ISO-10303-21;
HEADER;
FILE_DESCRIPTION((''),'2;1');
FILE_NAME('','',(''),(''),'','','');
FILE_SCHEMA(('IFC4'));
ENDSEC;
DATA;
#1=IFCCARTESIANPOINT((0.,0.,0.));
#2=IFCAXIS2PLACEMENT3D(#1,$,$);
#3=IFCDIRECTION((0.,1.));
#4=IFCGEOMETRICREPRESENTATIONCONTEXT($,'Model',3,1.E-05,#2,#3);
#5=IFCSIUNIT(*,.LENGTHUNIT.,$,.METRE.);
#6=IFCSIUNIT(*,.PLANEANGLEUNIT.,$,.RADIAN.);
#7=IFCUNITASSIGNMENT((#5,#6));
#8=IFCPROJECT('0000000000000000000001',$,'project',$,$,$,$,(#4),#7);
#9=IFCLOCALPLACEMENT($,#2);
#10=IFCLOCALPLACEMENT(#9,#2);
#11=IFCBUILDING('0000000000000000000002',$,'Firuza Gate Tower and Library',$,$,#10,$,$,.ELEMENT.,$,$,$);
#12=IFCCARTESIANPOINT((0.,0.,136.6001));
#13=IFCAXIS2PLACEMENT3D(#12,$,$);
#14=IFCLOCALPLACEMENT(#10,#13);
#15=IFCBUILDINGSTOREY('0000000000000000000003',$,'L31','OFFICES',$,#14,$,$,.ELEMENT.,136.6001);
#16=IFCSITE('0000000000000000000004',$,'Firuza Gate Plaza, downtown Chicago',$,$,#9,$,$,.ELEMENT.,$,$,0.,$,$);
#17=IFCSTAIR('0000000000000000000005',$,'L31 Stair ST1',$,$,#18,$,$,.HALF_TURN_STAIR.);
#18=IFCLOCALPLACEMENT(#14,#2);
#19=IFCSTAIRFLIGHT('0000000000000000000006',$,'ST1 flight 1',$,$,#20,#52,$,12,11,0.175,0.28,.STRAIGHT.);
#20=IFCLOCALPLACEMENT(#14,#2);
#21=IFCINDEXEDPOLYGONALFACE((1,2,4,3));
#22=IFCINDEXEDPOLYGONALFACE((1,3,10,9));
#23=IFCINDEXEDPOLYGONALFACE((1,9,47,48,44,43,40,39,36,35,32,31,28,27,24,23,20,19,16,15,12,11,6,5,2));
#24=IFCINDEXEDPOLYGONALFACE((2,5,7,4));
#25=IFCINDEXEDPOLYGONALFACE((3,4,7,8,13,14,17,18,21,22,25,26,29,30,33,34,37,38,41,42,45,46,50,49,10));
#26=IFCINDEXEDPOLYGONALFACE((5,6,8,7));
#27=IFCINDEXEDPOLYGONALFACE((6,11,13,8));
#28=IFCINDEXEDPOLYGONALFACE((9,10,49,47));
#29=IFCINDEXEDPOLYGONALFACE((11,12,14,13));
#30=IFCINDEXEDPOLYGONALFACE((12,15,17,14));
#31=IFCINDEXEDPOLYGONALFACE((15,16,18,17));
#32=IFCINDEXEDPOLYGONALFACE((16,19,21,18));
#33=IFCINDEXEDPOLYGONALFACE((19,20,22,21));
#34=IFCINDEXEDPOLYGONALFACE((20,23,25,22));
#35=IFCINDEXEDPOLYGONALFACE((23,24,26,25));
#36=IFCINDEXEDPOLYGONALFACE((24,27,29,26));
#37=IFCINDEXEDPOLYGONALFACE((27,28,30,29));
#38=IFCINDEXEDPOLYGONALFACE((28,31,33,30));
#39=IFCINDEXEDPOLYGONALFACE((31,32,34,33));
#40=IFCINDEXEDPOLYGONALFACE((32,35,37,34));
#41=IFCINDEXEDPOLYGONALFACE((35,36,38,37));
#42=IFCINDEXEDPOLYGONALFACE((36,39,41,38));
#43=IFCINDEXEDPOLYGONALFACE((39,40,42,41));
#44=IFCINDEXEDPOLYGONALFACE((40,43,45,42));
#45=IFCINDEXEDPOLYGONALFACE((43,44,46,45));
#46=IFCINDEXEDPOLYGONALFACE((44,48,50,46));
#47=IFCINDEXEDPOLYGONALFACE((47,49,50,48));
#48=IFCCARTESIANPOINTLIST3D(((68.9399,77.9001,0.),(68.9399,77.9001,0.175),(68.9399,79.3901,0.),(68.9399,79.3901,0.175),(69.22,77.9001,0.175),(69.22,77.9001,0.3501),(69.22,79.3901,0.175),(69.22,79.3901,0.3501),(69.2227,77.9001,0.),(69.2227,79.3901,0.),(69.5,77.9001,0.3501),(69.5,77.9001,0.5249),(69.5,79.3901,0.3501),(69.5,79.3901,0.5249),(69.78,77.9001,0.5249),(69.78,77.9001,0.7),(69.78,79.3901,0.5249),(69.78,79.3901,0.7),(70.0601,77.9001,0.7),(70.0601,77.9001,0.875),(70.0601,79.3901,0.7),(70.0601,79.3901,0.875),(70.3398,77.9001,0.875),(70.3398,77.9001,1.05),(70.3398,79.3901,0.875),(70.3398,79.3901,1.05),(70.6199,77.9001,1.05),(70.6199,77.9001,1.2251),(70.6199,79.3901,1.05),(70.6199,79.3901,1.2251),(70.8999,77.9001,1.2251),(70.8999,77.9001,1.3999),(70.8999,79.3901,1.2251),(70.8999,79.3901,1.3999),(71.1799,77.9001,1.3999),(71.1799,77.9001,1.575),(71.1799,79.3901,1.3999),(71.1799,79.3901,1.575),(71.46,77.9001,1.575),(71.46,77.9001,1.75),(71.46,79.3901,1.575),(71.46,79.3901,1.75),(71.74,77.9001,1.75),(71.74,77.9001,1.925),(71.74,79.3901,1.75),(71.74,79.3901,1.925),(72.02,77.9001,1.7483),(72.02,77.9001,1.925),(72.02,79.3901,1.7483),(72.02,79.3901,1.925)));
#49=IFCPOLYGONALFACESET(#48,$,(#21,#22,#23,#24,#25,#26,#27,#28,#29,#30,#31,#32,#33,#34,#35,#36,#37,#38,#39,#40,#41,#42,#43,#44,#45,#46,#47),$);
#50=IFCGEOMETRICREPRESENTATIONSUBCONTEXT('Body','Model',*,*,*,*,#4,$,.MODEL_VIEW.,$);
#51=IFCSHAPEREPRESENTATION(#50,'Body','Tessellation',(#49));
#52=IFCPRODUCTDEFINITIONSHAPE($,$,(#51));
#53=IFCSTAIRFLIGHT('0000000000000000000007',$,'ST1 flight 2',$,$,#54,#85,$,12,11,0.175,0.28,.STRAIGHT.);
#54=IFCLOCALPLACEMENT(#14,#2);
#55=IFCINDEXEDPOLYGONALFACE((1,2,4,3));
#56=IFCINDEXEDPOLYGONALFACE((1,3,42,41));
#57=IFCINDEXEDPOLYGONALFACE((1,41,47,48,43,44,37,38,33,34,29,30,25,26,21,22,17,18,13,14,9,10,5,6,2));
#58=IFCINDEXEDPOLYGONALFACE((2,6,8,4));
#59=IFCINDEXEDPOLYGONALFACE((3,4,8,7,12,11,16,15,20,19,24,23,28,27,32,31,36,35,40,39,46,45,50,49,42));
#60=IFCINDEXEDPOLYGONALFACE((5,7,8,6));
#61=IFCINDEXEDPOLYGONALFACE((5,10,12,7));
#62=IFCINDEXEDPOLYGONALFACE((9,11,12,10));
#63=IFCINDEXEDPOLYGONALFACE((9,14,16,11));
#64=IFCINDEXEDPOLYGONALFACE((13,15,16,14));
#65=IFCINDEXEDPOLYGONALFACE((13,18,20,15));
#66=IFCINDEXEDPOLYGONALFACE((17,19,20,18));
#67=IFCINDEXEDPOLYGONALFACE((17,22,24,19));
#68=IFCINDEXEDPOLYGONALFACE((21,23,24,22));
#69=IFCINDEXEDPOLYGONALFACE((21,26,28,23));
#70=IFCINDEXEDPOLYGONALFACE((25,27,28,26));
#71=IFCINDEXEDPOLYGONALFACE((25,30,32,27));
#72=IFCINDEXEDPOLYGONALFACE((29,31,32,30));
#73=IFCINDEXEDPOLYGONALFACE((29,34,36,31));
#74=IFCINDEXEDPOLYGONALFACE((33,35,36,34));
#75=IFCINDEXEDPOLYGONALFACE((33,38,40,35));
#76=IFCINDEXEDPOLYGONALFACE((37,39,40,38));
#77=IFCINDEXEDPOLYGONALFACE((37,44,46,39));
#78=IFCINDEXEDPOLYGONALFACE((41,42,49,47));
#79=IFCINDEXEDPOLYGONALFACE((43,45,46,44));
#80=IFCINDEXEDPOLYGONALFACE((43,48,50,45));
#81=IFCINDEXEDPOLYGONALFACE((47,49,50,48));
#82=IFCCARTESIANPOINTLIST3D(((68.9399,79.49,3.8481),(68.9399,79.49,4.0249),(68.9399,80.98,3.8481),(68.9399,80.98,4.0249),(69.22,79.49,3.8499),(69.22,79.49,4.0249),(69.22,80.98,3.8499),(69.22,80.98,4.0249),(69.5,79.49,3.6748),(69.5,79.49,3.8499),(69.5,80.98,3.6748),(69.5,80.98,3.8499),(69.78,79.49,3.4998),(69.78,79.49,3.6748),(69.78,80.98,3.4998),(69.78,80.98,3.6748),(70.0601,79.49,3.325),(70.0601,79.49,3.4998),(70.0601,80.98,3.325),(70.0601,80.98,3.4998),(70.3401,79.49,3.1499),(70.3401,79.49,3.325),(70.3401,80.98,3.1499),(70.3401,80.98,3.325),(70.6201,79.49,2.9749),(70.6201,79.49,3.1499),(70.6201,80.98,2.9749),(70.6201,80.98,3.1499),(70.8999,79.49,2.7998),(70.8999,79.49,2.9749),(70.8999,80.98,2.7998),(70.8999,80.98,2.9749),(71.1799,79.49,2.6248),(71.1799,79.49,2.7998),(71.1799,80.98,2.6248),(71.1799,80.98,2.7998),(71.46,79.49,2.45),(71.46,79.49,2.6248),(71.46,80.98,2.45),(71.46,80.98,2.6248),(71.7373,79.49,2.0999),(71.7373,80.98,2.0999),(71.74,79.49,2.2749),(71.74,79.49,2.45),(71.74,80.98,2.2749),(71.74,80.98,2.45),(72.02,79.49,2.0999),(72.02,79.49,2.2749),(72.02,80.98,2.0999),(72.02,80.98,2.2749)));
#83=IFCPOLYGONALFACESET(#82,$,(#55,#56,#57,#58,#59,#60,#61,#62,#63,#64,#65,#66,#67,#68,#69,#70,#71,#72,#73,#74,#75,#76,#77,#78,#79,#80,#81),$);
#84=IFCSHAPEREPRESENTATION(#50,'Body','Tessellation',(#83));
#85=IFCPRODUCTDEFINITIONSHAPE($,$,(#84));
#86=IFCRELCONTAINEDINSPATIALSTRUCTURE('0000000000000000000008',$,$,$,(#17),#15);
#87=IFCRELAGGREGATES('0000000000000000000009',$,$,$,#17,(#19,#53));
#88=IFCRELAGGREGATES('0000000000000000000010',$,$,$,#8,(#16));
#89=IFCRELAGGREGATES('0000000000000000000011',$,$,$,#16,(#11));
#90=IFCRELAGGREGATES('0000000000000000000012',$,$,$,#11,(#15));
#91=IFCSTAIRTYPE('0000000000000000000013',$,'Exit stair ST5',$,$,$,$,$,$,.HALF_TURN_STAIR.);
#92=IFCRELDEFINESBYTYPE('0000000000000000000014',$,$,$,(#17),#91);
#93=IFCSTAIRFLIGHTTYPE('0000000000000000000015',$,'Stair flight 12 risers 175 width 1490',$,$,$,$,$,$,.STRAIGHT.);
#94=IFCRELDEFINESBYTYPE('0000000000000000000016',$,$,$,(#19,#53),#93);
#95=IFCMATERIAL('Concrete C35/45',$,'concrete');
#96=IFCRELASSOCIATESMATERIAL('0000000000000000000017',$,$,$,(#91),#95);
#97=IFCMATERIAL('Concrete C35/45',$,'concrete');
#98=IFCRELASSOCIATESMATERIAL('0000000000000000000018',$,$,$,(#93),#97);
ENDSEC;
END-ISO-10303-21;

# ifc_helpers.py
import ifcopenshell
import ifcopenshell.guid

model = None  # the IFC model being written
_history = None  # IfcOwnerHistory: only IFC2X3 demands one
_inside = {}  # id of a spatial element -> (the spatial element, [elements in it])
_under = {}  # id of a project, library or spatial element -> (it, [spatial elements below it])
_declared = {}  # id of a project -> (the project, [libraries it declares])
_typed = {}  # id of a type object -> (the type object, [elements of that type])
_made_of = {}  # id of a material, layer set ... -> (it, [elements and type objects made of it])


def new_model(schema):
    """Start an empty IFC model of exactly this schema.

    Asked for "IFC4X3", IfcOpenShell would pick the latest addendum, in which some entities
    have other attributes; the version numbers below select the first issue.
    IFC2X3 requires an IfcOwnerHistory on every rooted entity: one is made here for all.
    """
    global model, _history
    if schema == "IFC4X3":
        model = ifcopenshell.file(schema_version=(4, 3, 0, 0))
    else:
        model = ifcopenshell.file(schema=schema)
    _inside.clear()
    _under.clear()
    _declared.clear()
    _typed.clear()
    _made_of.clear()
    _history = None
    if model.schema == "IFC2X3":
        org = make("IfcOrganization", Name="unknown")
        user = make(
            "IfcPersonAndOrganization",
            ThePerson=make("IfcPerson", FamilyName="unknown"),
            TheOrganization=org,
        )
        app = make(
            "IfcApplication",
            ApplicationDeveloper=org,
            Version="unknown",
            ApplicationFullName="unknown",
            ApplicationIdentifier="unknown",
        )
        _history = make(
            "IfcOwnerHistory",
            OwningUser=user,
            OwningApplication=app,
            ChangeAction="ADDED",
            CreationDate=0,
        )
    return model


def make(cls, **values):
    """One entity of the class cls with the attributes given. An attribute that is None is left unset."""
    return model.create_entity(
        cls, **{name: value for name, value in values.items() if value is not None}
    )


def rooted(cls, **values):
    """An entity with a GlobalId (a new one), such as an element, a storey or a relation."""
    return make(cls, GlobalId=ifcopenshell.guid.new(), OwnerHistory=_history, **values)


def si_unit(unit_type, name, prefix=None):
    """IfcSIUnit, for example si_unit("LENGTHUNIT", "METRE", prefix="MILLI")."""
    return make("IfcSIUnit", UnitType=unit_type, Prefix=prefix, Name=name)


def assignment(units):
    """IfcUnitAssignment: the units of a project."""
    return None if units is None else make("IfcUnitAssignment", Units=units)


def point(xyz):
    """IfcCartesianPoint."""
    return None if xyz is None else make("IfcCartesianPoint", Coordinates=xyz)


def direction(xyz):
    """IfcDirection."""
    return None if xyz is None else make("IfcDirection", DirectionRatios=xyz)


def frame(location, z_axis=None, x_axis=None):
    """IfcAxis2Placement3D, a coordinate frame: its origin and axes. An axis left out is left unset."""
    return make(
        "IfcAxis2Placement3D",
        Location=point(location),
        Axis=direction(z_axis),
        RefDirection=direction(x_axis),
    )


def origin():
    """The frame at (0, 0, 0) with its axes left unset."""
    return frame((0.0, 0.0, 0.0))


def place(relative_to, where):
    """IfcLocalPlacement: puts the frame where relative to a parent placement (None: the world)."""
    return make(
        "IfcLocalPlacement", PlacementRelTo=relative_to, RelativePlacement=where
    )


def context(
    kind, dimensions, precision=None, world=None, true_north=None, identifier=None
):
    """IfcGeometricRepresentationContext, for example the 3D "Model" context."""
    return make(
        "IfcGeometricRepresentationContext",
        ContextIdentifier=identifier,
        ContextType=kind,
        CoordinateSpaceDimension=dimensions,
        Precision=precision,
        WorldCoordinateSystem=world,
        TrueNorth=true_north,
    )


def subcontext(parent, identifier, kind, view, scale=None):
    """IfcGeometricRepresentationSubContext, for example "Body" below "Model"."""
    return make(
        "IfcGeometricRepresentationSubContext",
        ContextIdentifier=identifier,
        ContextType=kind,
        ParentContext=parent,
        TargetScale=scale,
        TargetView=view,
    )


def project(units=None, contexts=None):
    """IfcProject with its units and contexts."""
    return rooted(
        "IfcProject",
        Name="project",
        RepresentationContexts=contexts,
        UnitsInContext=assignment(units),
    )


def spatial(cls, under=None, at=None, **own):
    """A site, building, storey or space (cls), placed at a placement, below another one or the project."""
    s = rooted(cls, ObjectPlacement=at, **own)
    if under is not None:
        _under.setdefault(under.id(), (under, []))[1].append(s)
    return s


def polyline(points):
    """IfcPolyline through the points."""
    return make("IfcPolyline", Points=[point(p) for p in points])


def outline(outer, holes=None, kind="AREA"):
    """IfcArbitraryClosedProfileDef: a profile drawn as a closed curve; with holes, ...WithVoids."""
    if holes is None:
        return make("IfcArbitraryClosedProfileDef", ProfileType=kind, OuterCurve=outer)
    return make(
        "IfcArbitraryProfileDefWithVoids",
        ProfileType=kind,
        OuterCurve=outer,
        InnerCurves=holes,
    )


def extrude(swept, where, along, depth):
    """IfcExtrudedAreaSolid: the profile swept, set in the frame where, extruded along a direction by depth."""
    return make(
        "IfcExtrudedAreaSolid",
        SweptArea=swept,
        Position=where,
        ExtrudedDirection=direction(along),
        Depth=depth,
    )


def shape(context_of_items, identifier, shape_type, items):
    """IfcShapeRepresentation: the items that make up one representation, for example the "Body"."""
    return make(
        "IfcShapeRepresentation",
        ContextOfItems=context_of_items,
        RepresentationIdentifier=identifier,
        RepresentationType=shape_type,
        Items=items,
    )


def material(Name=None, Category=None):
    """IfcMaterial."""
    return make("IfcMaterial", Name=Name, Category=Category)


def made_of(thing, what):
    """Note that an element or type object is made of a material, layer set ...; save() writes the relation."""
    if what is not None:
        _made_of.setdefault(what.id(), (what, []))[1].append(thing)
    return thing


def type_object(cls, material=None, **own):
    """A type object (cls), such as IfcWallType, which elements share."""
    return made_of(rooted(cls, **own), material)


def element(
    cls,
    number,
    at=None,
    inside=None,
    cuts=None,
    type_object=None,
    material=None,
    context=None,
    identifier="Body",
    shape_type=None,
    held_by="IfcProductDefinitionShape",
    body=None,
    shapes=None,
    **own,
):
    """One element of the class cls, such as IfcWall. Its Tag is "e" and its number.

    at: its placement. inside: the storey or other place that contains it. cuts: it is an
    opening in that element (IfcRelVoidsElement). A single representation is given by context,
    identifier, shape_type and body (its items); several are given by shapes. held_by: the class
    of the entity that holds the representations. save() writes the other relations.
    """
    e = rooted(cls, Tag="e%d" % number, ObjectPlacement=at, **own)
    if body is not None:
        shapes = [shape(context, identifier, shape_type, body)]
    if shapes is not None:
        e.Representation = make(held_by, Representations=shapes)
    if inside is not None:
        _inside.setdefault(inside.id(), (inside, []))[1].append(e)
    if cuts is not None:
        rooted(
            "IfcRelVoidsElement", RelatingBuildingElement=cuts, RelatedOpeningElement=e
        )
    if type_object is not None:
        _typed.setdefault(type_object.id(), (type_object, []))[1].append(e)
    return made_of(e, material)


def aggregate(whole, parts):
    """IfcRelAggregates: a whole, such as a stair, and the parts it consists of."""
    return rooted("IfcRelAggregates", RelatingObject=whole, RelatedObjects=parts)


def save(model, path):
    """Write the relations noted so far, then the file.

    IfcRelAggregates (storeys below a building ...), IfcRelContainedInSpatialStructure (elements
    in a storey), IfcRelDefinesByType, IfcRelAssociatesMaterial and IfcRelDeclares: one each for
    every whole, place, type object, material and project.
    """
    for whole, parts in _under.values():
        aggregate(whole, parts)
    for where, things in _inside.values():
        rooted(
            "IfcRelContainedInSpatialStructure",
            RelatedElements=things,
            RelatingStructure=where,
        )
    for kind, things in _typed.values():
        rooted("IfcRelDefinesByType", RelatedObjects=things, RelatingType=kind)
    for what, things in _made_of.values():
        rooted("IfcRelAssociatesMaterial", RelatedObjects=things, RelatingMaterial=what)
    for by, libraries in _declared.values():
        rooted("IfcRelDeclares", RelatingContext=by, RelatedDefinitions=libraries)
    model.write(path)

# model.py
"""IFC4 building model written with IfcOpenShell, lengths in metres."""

from ifc_helpers import new_model, si_unit, direction, frame, origin, place, context, subcontext, project, spatial, polyline, outline, extrude, material, type_object, element, aggregate, save


model = new_model("IFC4")

# Units and contexts
model_context = context("Model", 3, precision=1e-05, world=origin(), true_north=direction((0.0, 1.0)))
body_context = subcontext(model_context, "Body", "Model", "MODEL_VIEW")
ifc_project = project(units=[si_unit("LENGTHUNIT", "METRE"), si_unit("PLANEANGLEUNIT", "RADIAN")], contexts=[model_context])

# Site, building, storey
site_placement = place(None, origin())
site = spatial("IfcSite", under=ifc_project, at=site_placement, Name="Firuza Gate Plaza, downtown Chicago", CompositionType="ELEMENT", RefElevation=0.0)
building_placement = place(site_placement, origin())
building = spatial("IfcBuilding", under=site, at=building_placement, Name="Firuza Gate Tower and Library", CompositionType="ELEMENT")
storey_placement = place(building_placement, frame((0.0, 0.0, 136.6001)))
storey = spatial("IfcBuildingStorey", under=building, at=storey_placement, Name="L31", Description="OFFICES", CompositionType="ELEMENT", Elevation=136.6001)

# Stair, stair flights
ifc_material_1 = material(Name="Concrete C35/45", Category="concrete")
stair_type = type_object("IfcStairType", Name="Exit stair ST5", PredefinedType="HALF_TURN_STAIR", material=ifc_material_1)
stair_placement = place(storey_placement, origin())
stair = element("IfcStair", 1, at=stair_placement, inside=storey, type_object=stair_type, Name="L31 Stair ST1", PredefinedType="HALF_TURN_STAIR")
ifc_material_2 = material(Name="Concrete C35/45", Category="concrete")
stair_flight_type = type_object("IfcStairFlightType", Name="Stair flight 12 risers 175 width 1490", PredefinedType="STRAIGHT", material=ifc_material_2)
stair_flight_1_placement = place(storey_placement, frame((68.9399, 78.645, 0.0), z_axis=(0.0, 0.0, 1.0), x_axis=(1.0, 0.0, 0.0)))
stair_flight_1 = element("IfcStairFlight", 2, at=stair_flight_1_placement, type_object=stair_flight_type, Name="ST1 flight 1", NumberOfRisers=12, NumberOfTreads=11, PredefinedType="STRAIGHT", RiserHeight=0.175, TreadLength=0.28, context=body_context, shape_type="SweptSolid", body=[
    extrude(outline(polyline([(0.0, 0.0), (0.0, 0.175), (0.28, 0.175), (0.28, 0.3501), (0.5601, 0.3501), (0.5601, 0.5249), (0.8401, 0.5249), (0.8401, 0.7), (1.1201, 0.7), (1.1201, 0.875), (1.3999, 0.875), (1.3999, 1.05), (1.6799, 1.05), (1.6799, 1.2251), (1.96, 1.2251), (1.96, 1.3999), (2.24, 1.3999), (2.24, 1.575), (2.52, 1.575), (2.52, 1.75), (2.8, 1.75), (2.8, 1.925), (3.0801, 1.925), (3.0801, 2.1001), (3.0801, 1.7483), (0.2827, 0.0), (0.0, 0.0)])), frame((0.0, 0.7451, 0.0), z_axis=(0.0, -1.0, 0.0), x_axis=(1.0, 0.0, 0.0)), (0.0, 0.0, 1.0), 1.49),
])
stair_flight_2_placement = place(storey_placement, frame((72.02, 80.2351, 2.0999), z_axis=(0.0, 0.0, 1.0), x_axis=(-1.0, 0.0, 0.0)))
stair_flight_2 = element("IfcStairFlight", 3, at=stair_flight_2_placement, type_object=stair_flight_type, Name="ST1 flight 2", NumberOfRisers=12, NumberOfTreads=11, PredefinedType="STRAIGHT", RiserHeight=0.175, TreadLength=0.28, context=body_context, shape_type="SweptSolid", body=[
    extrude(outline(polyline([(0.0, 0.0), (0.0, 0.175), (0.28, 0.175), (0.28, 0.3501), (0.5601, 0.3501), (0.5601, 0.5249), (0.8401, 0.5249), (0.8401, 0.7), (1.1201, 0.7), (1.1201, 0.875), (1.3999, 0.875), (1.3999, 1.05), (1.6799, 1.05), (1.6799, 1.2251), (1.96, 1.2251), (1.96, 1.3999), (2.24, 1.3999), (2.24, 1.575), (2.52, 1.575), (2.52, 1.75), (2.8, 1.75), (2.8, 1.925), (3.0801, 1.925), (3.0801, 2.1001), (3.0801, 1.7483), (0.2827, 0.0), (0.0, 0.0)])), frame((0.0, 0.7451, 0.0), z_axis=(0.0, -1.0, 0.0), x_axis=(1.0, 0.0, 0.0)), (0.0, 0.0, 1.0), 1.49),
])
aggregate(stair, [stair_flight_1, stair_flight_2])

save(model, "model.ifc")
